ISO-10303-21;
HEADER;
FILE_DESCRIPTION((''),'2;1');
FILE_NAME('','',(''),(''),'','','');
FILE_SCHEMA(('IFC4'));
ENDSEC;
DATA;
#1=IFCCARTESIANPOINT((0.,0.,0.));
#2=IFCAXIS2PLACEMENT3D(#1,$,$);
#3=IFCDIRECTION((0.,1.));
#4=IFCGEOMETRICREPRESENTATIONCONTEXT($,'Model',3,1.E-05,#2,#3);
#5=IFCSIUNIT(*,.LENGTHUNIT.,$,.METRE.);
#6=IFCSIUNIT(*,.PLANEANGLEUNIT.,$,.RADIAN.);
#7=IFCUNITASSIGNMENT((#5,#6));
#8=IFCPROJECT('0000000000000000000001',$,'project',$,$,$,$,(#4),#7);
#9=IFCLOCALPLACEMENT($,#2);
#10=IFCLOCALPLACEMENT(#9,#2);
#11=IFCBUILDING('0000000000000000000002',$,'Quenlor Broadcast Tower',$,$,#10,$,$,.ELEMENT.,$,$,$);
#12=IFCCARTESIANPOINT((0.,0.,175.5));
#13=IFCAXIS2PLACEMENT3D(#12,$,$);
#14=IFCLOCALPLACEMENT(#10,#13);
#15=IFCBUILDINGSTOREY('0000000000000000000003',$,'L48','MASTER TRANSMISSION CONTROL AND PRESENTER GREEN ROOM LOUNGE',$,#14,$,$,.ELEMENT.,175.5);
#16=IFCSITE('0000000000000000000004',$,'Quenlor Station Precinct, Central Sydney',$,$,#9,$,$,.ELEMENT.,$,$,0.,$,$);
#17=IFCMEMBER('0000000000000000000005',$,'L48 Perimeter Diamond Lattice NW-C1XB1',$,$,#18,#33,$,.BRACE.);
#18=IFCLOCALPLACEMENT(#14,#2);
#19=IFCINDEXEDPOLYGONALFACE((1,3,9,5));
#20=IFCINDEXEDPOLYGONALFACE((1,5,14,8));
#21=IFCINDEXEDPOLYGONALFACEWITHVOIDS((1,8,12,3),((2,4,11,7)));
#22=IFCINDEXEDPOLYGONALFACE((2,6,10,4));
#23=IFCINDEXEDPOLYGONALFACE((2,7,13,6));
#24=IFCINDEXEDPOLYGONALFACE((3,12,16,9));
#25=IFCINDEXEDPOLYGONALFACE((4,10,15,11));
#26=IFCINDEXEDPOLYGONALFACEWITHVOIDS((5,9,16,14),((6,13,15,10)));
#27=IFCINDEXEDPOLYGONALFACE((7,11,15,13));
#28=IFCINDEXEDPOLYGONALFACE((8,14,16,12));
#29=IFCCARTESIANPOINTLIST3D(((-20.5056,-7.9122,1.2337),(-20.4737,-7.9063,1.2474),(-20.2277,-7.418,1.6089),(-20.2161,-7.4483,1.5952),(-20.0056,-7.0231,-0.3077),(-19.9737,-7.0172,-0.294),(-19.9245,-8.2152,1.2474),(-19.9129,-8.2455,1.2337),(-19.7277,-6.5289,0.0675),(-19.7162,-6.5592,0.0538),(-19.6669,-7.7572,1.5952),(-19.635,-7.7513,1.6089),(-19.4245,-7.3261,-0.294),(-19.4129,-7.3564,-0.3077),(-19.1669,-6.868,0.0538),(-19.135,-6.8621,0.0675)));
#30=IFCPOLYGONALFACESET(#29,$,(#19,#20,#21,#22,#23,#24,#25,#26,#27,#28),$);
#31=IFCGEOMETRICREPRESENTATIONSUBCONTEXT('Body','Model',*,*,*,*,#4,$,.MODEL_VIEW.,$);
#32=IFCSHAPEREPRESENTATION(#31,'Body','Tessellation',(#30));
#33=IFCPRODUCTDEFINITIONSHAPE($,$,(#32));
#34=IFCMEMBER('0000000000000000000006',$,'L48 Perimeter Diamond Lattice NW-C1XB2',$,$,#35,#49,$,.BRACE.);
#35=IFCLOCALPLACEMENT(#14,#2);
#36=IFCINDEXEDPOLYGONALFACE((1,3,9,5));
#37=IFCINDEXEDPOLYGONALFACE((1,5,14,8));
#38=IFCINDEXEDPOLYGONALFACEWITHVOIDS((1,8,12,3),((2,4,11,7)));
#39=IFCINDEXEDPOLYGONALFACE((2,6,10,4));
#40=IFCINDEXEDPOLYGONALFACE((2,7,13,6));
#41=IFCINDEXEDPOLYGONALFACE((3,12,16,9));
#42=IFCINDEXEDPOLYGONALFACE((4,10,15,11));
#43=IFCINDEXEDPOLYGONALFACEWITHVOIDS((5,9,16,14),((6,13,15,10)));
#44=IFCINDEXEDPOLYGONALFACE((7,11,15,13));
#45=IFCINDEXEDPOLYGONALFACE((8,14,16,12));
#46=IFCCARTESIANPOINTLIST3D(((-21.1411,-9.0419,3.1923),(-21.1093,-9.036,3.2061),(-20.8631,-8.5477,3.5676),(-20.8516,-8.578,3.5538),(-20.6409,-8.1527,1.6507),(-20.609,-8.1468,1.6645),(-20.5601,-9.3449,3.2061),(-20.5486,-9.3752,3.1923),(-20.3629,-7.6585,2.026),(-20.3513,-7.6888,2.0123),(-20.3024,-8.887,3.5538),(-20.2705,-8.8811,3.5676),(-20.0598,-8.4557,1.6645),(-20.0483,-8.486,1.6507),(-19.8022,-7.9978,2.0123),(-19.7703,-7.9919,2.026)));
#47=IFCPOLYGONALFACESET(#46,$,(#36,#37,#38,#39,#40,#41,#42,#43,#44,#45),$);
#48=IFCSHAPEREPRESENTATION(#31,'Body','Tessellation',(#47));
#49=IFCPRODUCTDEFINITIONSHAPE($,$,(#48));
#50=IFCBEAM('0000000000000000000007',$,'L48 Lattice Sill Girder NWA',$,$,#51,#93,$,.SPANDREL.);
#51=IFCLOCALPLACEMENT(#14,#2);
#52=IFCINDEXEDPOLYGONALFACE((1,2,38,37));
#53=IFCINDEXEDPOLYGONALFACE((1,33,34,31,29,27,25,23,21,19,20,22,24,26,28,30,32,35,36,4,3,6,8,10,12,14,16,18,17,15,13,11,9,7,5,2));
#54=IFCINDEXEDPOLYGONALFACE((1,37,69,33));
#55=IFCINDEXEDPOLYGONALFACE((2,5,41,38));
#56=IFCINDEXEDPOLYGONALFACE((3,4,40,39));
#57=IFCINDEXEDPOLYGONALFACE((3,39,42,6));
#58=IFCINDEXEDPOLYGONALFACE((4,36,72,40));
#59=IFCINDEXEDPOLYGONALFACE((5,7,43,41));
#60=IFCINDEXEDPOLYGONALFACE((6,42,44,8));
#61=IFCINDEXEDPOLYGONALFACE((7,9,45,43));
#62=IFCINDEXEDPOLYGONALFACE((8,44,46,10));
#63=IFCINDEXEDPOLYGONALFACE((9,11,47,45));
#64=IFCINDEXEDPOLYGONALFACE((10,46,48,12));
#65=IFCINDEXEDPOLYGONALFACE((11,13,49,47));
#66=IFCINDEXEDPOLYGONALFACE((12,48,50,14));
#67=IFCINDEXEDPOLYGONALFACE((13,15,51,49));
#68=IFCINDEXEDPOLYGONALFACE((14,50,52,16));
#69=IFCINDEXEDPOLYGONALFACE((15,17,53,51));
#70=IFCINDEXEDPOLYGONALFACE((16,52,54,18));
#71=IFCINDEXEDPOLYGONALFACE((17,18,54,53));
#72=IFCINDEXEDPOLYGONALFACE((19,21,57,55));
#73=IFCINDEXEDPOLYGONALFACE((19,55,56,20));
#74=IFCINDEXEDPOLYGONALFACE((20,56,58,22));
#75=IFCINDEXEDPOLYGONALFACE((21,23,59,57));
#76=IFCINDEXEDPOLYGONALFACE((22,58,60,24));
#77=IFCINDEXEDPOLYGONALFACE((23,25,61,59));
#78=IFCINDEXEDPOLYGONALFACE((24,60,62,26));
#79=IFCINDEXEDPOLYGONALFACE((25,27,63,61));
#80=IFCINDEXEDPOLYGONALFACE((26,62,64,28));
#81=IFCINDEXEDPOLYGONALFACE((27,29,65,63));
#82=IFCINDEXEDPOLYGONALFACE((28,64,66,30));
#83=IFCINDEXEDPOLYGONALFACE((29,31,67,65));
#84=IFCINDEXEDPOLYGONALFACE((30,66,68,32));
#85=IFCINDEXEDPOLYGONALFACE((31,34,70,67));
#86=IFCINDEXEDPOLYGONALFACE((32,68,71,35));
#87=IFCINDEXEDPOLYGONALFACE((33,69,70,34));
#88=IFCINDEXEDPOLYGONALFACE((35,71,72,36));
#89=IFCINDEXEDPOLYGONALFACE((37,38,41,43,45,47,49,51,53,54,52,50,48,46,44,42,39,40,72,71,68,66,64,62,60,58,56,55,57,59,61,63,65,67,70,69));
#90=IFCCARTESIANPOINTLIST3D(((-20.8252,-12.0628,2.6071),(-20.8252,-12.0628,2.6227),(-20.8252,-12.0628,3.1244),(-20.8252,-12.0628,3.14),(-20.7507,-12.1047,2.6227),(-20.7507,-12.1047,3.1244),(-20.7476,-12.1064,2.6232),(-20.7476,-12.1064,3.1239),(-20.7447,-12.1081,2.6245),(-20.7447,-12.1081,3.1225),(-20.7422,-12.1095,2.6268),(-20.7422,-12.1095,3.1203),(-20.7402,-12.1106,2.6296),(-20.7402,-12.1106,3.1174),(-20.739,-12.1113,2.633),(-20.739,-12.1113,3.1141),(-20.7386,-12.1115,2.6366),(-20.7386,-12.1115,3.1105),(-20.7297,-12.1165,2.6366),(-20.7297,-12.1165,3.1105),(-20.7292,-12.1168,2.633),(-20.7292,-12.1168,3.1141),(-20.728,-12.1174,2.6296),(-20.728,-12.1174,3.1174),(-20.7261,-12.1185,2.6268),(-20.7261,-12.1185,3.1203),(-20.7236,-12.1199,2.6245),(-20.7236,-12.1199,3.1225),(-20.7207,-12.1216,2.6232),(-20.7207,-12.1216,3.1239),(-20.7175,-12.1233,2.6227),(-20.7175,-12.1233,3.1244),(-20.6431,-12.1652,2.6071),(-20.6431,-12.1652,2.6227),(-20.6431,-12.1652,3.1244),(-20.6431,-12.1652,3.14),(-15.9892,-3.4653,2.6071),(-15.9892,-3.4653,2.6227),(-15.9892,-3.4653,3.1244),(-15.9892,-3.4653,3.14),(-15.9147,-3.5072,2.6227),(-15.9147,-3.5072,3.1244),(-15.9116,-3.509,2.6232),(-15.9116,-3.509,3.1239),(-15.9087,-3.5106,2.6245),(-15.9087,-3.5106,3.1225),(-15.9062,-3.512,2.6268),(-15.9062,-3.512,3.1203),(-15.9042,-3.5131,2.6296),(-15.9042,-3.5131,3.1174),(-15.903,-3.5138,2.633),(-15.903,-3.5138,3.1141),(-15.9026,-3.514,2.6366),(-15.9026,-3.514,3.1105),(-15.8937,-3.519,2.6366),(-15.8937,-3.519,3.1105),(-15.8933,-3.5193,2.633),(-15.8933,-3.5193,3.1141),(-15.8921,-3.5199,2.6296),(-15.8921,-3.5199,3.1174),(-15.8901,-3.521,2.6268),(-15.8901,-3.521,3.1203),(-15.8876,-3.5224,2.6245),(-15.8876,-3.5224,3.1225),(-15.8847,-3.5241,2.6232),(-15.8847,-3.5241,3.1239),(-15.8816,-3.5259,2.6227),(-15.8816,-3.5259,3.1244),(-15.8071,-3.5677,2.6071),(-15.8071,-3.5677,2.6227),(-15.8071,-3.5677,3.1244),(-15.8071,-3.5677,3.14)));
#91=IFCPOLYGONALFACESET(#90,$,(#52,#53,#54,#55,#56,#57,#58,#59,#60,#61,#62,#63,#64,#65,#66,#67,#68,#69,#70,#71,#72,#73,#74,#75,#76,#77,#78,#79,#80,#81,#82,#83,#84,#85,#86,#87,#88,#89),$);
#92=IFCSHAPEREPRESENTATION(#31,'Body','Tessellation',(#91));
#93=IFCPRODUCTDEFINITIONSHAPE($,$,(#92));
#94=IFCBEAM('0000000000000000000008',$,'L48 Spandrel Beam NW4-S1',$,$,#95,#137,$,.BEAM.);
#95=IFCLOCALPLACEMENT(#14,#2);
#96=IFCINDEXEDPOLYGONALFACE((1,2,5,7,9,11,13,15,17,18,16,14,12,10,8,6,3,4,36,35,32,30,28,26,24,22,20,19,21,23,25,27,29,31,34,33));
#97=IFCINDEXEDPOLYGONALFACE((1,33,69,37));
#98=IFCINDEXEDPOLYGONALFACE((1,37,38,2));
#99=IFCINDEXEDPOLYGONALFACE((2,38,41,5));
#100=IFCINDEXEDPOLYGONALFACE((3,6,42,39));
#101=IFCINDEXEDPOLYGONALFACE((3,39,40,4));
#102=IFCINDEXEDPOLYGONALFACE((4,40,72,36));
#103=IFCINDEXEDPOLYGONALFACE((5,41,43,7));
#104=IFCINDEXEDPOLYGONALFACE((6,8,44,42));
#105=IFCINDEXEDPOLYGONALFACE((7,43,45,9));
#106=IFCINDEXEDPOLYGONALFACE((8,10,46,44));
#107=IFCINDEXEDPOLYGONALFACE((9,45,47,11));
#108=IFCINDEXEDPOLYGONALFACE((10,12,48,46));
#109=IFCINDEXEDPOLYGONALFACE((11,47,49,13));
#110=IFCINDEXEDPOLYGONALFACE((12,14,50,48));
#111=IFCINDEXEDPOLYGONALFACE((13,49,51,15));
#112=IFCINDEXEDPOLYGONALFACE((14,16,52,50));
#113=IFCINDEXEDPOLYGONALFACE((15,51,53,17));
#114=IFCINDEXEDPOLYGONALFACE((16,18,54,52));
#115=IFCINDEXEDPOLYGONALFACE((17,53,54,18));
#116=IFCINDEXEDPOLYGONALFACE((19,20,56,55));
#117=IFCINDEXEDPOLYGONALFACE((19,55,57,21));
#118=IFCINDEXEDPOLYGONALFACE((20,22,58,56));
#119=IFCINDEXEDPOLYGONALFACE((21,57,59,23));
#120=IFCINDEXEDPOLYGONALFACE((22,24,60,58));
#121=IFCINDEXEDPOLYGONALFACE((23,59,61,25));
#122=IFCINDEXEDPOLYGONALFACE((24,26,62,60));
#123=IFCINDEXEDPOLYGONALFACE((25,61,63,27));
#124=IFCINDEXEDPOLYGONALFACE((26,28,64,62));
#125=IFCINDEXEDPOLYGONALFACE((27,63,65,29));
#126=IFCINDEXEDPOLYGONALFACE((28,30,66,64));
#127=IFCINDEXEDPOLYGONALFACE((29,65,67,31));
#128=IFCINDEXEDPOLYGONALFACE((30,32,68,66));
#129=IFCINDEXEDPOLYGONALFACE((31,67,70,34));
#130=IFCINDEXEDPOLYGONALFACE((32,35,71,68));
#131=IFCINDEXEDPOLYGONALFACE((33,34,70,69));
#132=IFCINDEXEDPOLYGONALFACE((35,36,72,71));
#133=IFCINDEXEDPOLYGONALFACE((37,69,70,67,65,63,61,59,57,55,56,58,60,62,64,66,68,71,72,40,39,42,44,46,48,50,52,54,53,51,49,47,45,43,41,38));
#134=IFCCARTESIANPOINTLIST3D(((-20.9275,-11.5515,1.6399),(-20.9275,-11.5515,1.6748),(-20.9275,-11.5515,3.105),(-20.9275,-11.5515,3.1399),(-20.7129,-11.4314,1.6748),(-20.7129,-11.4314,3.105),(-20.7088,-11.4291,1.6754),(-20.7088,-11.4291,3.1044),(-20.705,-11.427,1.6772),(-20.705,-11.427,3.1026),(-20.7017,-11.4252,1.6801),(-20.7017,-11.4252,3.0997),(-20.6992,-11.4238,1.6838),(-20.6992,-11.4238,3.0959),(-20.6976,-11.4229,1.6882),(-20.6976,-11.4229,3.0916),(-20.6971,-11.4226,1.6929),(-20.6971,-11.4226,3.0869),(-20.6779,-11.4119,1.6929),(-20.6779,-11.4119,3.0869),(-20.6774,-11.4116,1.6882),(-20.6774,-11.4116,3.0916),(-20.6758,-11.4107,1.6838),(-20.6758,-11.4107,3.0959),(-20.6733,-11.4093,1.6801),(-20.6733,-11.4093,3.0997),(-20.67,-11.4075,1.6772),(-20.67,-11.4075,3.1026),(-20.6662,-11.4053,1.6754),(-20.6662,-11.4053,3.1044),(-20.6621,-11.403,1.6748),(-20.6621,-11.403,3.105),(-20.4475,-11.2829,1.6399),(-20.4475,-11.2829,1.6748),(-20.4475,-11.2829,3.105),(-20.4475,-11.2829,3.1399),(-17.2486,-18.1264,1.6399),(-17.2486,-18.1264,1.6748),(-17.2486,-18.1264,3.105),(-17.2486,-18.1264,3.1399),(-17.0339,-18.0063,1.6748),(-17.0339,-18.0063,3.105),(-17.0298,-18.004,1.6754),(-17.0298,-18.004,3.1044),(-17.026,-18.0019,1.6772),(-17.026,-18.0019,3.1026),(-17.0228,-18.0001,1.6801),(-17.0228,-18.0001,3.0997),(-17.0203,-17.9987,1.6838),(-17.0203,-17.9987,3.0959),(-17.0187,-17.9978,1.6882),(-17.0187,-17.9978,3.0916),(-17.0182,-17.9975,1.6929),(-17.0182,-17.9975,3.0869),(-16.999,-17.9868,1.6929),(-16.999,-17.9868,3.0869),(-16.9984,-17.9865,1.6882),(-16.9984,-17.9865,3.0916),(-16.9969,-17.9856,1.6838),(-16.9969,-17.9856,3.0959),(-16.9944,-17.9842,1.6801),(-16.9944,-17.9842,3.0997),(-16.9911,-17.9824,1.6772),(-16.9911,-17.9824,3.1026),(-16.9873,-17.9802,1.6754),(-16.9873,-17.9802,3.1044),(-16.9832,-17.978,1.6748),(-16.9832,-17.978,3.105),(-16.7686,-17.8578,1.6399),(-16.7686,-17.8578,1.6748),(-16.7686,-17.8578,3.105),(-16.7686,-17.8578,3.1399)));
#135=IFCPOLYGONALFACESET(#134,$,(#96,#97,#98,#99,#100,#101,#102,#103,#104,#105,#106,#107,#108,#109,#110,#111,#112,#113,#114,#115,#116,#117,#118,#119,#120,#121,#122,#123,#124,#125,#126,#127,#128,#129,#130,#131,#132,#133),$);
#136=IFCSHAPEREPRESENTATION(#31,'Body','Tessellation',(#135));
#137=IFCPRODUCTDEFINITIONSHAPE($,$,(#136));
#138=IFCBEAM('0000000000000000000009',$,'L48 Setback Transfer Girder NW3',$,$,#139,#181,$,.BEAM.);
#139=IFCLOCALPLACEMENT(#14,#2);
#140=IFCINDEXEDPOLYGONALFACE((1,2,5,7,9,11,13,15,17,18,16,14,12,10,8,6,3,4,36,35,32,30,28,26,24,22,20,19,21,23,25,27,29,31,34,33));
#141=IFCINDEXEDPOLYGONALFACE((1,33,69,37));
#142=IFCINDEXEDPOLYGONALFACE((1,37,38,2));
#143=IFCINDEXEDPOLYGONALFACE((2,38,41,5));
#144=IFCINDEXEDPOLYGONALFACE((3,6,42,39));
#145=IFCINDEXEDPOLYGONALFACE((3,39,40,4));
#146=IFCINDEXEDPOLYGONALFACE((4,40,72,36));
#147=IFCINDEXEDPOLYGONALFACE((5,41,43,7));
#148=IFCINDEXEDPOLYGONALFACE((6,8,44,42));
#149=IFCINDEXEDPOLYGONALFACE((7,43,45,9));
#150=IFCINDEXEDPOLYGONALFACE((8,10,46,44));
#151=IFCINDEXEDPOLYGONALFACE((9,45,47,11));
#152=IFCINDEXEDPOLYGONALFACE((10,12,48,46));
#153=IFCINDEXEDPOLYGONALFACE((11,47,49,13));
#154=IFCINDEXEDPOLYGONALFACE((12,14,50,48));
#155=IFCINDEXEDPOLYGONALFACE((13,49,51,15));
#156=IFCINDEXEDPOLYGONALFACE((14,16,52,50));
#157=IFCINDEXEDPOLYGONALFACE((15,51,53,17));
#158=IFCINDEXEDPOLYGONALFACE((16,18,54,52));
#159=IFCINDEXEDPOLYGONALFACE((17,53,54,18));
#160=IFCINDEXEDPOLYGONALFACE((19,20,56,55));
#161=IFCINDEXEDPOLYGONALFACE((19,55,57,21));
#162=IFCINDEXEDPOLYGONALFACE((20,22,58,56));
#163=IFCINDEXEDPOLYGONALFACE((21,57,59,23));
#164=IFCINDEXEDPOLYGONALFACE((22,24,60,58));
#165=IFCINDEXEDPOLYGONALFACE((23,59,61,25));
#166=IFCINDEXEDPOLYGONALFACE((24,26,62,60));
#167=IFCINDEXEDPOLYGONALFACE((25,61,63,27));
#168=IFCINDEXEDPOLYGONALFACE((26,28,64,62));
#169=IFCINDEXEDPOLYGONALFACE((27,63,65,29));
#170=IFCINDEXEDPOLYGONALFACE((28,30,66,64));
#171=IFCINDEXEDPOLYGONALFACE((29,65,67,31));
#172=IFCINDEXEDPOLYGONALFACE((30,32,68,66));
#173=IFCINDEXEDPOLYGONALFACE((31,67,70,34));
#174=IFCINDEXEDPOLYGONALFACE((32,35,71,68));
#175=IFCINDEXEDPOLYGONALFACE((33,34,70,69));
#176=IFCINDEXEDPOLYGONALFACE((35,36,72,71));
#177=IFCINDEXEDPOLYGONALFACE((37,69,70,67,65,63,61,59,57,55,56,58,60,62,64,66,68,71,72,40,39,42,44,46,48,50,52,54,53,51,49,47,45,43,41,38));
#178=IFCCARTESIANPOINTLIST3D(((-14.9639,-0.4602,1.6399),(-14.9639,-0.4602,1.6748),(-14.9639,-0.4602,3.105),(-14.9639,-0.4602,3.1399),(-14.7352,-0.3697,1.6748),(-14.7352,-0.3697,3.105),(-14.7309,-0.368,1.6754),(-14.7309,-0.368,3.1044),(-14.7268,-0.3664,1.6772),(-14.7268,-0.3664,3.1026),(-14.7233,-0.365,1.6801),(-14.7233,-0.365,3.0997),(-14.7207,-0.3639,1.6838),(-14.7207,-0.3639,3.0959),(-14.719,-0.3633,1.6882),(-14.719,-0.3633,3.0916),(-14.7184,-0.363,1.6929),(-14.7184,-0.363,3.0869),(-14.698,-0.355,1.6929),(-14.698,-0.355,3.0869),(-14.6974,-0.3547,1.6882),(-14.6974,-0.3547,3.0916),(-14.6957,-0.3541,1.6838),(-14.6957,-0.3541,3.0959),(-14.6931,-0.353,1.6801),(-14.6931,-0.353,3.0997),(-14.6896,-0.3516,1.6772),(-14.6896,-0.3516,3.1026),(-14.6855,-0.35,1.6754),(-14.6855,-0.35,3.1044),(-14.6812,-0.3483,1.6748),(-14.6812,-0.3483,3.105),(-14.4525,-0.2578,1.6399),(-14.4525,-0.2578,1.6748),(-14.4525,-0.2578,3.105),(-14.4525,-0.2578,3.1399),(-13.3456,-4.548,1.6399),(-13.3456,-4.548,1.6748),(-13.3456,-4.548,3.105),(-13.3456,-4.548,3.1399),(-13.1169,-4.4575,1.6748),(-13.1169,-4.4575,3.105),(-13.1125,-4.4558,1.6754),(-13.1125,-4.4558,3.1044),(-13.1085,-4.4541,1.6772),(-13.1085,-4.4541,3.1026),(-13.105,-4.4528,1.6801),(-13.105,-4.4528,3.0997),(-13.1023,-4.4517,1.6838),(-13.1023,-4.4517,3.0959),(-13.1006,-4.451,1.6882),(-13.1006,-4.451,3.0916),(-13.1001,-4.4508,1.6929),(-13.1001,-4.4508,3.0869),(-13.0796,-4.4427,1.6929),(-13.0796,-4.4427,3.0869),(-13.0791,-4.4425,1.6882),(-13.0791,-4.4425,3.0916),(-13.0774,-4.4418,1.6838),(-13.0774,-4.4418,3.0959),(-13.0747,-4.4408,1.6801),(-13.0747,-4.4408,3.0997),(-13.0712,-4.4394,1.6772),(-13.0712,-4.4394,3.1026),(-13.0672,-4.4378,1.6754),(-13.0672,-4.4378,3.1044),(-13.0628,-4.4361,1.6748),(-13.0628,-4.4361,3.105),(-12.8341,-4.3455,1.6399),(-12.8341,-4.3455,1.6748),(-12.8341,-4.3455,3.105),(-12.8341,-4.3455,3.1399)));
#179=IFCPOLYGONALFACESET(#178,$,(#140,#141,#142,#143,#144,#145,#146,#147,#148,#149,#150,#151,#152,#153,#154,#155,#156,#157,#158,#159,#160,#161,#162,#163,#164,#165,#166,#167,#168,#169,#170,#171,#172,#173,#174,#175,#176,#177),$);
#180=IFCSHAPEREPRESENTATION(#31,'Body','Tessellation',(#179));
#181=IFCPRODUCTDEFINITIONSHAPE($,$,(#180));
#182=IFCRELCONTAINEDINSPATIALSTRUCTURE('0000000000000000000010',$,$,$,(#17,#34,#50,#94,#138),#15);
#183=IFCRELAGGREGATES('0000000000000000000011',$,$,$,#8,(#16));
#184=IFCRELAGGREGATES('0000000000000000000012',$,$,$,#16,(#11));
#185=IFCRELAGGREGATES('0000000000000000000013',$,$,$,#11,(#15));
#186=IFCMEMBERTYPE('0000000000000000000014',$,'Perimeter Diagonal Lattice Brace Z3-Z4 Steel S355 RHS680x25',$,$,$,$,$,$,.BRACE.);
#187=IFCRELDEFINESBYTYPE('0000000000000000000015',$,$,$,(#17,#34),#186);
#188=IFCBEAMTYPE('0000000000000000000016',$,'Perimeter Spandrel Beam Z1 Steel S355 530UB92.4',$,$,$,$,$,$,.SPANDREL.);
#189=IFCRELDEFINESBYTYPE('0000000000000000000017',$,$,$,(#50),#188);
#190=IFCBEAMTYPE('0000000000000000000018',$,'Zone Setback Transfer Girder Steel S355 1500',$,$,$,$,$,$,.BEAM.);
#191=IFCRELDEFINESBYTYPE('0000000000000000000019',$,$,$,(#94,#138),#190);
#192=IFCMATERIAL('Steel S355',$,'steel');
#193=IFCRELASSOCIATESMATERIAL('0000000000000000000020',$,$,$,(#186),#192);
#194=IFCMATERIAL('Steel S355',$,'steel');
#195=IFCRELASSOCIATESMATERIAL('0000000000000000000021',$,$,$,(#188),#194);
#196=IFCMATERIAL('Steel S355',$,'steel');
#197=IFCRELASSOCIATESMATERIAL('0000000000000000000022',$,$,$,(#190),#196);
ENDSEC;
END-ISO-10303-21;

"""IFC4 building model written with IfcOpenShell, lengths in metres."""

from ifc_helpers import new_model, si_unit, direction, frame, origin, origin_2d, place, context, subcontext, project, spatial, hollow_rectangle, i_section, extrude, material, material_profile, profile_set, type_object, element, save


model = new_model("IFC4")

# Units and contexts
model_context = context("Model", 3, precision=1e-05, world=origin(), true_north=direction((0.0, 1.0)))
body_context = subcontext(model_context, "Body", "Model", "MODEL_VIEW")
ifc_project = project(units=[si_unit("LENGTHUNIT", "METRE"), si_unit("PLANEANGLEUNIT", "RADIAN")], contexts=[model_context])

# Site, building, storey
site_placement = place(None, origin())
site = spatial("IfcSite", under=ifc_project, at=site_placement, Name="Quenlor Station Precinct, Central Sydney", CompositionType="ELEMENT", RefElevation=0.0)
building_placement = place(site_placement, origin())
building = spatial("IfcBuilding", under=site, at=building_placement, Name="Quenlor Broadcast Tower", CompositionType="ELEMENT")
storey_placement = place(building_placement, frame((0.0, 0.0, 175.5)))
storey = spatial("IfcBuildingStorey", under=building, at=storey_placement, Name="L48", Description="MASTER TRANSMISSION CONTROL AND PRESENTER GREEN ROOM LOUNGE", CompositionType="ELEMENT", Elevation=175.5)

# Members
ifc_material_1 = material(Name="Steel S355", Category="steel")
ifc_material_profile_1 = material_profile(ifc_material_1, hollow_rectangle(XDim=0.6799, YDim=0.6799, WallThickness=0.0249, at=origin_2d()))
ifc_profile_set_1 = profile_set([ifc_material_profile_1], Name="Steel S355 RHS680x680x25")
member_type_1 = type_object("IfcMemberType", Name="Perimeter Diagonal Lattice Brace Z3-Z4 Steel S355 RHS680x25", PredefinedType="BRACE", material=ifc_profile_set_1)
member_1_placement = place(storey_placement, frame((-19.5703, -6.9426, -0.1201), z_axis=(-0.270494, -0.481025, 0.833935), x_axis=(0.871639, -0.490148, 0.0)))
element("IfcMember", 1, at=member_1_placement, inside=storey, type_object=member_type_1, Name="L48 Perimeter Diamond Lattice NW-C1XB1", PredefinedType="BRACE", context=body_context, shape_type="SweptSolid", body=[
    extrude(hollow_rectangle(XDim=0.6799, YDim=0.6799, WallThickness=0.0249, at=origin_2d()), origin(), (0.0, 0.0, 1.0), 1.8484),
])
member_2_placement = place(storey_placement, frame((-20.2056, -8.0723, 1.8384), z_axis=(-0.270616, -0.481008, 0.833905), x_axis=(0.871537, -0.490329, 0.0)))
element("IfcMember", 2, at=member_2_placement, inside=storey, type_object=member_type_1, Name="L48 Perimeter Diamond Lattice NW-C1XB2", PredefinedType="BRACE", context=body_context, shape_type="SweptSolid", body=[
    extrude(hollow_rectangle(XDim=0.6799, YDim=0.6799, WallThickness=0.0249, at=origin_2d()), origin(), (0.0, 0.0, 1.0), 1.8486),
])

# Beams
ifc_material_2 = material(Name="Steel S355", Category="steel")
ifc_material_profile_2 = material_profile(ifc_material_2, i_section(OverallWidth=0.209, OverallDepth=0.533, WebThickness=0.0103, FlangeThickness=0.0156, FilletRadius=0.0139, at=origin_2d()))
ifc_profile_set_2 = profile_set([ifc_material_profile_2], Name="Steel S355 530UB92.4")
beam_type_1 = type_object("IfcBeamType", Name="Perimeter Spandrel Beam Z1 Steel S355 530UB92.4", PredefinedType="SPANDREL", material=ifc_profile_set_2)
beam_1_placement = place(storey_placement, frame((-20.7341, -12.114, 2.8735), z_axis=(0.490253, 0.87158, 0.0), x_axis=(-0.87158, 0.490253, 0.0)))
element("IfcBeam", 3, at=beam_1_placement, inside=storey, type_object=beam_type_1, Name="L48 Lattice Sill Girder NWA", PredefinedType="SPANDREL", context=body_context, shape_type="SweptSolid", body=[
    extrude(i_section(OverallWidth=0.209, OverallDepth=0.533, WebThickness=0.0103, FlangeThickness=0.0156, FilletRadius=0.0139, at=origin_2d()), origin(), (0.0, 0.0, 1.0), 9.8643),
])
ifc_material_3 = material(Name="Steel S355", Category="steel")
ifc_material_profile_3 = material_profile(ifc_material_3, i_section(OverallWidth=0.55, OverallDepth=1.5, WebThickness=0.022, FlangeThickness=0.0349, FilletRadius=0.0181, at=origin_2d()))
ifc_profile_set_3 = profile_set([ifc_material_profile_3], Name="Steel S355 1500TG510")
beam_type_2 = type_object("IfcBeamType", Name="Zone Setback Transfer Girder Steel S355 1500", PredefinedType="BEAM", material=ifc_profile_set_3)
beam_2_placement = place(storey_placement, frame((-20.6875, -11.4172, 2.3899), z_axis=(0.488298, -0.872677, 0.0), x_axis=(0.872677, 0.488298, 0.0)))
element("IfcBeam", 4, at=beam_2_placement, inside=storey, type_object=beam_type_2, Name="L48 Spandrel Beam NW4-S1", PredefinedType="BEAM", context=body_context, shape_type="SweptSolid", body=[
    extrude(i_section(OverallWidth=0.55, OverallDepth=1.5, WebThickness=0.022, FlangeThickness=0.0349, FilletRadius=0.0181, at=origin_2d()), origin(), (0.0, 0.0, 1.0), 7.5342),
])
beam_3_placement = place(storey_placement, frame((-13.0898, -4.4468, 2.3899), z_axis=(-0.368104, 0.929784, 0.0), x_axis=(-0.929784, -0.368104, 0.0)))
element("IfcBeam", 5, at=beam_3_placement, inside=storey, type_object=beam_type_2, Name="L48 Setback Transfer Girder NW3", PredefinedType="BEAM", context=body_context, shape_type="SweptSolid", body=[
    extrude(i_section(OverallWidth=0.55, OverallDepth=1.5, WebThickness=0.022, FlangeThickness=0.0349, FilletRadius=0.0181, at=origin_2d()), origin(), (0.0, 0.0, 1.0), 4.3965),
])

save(model, "model.ifc")
